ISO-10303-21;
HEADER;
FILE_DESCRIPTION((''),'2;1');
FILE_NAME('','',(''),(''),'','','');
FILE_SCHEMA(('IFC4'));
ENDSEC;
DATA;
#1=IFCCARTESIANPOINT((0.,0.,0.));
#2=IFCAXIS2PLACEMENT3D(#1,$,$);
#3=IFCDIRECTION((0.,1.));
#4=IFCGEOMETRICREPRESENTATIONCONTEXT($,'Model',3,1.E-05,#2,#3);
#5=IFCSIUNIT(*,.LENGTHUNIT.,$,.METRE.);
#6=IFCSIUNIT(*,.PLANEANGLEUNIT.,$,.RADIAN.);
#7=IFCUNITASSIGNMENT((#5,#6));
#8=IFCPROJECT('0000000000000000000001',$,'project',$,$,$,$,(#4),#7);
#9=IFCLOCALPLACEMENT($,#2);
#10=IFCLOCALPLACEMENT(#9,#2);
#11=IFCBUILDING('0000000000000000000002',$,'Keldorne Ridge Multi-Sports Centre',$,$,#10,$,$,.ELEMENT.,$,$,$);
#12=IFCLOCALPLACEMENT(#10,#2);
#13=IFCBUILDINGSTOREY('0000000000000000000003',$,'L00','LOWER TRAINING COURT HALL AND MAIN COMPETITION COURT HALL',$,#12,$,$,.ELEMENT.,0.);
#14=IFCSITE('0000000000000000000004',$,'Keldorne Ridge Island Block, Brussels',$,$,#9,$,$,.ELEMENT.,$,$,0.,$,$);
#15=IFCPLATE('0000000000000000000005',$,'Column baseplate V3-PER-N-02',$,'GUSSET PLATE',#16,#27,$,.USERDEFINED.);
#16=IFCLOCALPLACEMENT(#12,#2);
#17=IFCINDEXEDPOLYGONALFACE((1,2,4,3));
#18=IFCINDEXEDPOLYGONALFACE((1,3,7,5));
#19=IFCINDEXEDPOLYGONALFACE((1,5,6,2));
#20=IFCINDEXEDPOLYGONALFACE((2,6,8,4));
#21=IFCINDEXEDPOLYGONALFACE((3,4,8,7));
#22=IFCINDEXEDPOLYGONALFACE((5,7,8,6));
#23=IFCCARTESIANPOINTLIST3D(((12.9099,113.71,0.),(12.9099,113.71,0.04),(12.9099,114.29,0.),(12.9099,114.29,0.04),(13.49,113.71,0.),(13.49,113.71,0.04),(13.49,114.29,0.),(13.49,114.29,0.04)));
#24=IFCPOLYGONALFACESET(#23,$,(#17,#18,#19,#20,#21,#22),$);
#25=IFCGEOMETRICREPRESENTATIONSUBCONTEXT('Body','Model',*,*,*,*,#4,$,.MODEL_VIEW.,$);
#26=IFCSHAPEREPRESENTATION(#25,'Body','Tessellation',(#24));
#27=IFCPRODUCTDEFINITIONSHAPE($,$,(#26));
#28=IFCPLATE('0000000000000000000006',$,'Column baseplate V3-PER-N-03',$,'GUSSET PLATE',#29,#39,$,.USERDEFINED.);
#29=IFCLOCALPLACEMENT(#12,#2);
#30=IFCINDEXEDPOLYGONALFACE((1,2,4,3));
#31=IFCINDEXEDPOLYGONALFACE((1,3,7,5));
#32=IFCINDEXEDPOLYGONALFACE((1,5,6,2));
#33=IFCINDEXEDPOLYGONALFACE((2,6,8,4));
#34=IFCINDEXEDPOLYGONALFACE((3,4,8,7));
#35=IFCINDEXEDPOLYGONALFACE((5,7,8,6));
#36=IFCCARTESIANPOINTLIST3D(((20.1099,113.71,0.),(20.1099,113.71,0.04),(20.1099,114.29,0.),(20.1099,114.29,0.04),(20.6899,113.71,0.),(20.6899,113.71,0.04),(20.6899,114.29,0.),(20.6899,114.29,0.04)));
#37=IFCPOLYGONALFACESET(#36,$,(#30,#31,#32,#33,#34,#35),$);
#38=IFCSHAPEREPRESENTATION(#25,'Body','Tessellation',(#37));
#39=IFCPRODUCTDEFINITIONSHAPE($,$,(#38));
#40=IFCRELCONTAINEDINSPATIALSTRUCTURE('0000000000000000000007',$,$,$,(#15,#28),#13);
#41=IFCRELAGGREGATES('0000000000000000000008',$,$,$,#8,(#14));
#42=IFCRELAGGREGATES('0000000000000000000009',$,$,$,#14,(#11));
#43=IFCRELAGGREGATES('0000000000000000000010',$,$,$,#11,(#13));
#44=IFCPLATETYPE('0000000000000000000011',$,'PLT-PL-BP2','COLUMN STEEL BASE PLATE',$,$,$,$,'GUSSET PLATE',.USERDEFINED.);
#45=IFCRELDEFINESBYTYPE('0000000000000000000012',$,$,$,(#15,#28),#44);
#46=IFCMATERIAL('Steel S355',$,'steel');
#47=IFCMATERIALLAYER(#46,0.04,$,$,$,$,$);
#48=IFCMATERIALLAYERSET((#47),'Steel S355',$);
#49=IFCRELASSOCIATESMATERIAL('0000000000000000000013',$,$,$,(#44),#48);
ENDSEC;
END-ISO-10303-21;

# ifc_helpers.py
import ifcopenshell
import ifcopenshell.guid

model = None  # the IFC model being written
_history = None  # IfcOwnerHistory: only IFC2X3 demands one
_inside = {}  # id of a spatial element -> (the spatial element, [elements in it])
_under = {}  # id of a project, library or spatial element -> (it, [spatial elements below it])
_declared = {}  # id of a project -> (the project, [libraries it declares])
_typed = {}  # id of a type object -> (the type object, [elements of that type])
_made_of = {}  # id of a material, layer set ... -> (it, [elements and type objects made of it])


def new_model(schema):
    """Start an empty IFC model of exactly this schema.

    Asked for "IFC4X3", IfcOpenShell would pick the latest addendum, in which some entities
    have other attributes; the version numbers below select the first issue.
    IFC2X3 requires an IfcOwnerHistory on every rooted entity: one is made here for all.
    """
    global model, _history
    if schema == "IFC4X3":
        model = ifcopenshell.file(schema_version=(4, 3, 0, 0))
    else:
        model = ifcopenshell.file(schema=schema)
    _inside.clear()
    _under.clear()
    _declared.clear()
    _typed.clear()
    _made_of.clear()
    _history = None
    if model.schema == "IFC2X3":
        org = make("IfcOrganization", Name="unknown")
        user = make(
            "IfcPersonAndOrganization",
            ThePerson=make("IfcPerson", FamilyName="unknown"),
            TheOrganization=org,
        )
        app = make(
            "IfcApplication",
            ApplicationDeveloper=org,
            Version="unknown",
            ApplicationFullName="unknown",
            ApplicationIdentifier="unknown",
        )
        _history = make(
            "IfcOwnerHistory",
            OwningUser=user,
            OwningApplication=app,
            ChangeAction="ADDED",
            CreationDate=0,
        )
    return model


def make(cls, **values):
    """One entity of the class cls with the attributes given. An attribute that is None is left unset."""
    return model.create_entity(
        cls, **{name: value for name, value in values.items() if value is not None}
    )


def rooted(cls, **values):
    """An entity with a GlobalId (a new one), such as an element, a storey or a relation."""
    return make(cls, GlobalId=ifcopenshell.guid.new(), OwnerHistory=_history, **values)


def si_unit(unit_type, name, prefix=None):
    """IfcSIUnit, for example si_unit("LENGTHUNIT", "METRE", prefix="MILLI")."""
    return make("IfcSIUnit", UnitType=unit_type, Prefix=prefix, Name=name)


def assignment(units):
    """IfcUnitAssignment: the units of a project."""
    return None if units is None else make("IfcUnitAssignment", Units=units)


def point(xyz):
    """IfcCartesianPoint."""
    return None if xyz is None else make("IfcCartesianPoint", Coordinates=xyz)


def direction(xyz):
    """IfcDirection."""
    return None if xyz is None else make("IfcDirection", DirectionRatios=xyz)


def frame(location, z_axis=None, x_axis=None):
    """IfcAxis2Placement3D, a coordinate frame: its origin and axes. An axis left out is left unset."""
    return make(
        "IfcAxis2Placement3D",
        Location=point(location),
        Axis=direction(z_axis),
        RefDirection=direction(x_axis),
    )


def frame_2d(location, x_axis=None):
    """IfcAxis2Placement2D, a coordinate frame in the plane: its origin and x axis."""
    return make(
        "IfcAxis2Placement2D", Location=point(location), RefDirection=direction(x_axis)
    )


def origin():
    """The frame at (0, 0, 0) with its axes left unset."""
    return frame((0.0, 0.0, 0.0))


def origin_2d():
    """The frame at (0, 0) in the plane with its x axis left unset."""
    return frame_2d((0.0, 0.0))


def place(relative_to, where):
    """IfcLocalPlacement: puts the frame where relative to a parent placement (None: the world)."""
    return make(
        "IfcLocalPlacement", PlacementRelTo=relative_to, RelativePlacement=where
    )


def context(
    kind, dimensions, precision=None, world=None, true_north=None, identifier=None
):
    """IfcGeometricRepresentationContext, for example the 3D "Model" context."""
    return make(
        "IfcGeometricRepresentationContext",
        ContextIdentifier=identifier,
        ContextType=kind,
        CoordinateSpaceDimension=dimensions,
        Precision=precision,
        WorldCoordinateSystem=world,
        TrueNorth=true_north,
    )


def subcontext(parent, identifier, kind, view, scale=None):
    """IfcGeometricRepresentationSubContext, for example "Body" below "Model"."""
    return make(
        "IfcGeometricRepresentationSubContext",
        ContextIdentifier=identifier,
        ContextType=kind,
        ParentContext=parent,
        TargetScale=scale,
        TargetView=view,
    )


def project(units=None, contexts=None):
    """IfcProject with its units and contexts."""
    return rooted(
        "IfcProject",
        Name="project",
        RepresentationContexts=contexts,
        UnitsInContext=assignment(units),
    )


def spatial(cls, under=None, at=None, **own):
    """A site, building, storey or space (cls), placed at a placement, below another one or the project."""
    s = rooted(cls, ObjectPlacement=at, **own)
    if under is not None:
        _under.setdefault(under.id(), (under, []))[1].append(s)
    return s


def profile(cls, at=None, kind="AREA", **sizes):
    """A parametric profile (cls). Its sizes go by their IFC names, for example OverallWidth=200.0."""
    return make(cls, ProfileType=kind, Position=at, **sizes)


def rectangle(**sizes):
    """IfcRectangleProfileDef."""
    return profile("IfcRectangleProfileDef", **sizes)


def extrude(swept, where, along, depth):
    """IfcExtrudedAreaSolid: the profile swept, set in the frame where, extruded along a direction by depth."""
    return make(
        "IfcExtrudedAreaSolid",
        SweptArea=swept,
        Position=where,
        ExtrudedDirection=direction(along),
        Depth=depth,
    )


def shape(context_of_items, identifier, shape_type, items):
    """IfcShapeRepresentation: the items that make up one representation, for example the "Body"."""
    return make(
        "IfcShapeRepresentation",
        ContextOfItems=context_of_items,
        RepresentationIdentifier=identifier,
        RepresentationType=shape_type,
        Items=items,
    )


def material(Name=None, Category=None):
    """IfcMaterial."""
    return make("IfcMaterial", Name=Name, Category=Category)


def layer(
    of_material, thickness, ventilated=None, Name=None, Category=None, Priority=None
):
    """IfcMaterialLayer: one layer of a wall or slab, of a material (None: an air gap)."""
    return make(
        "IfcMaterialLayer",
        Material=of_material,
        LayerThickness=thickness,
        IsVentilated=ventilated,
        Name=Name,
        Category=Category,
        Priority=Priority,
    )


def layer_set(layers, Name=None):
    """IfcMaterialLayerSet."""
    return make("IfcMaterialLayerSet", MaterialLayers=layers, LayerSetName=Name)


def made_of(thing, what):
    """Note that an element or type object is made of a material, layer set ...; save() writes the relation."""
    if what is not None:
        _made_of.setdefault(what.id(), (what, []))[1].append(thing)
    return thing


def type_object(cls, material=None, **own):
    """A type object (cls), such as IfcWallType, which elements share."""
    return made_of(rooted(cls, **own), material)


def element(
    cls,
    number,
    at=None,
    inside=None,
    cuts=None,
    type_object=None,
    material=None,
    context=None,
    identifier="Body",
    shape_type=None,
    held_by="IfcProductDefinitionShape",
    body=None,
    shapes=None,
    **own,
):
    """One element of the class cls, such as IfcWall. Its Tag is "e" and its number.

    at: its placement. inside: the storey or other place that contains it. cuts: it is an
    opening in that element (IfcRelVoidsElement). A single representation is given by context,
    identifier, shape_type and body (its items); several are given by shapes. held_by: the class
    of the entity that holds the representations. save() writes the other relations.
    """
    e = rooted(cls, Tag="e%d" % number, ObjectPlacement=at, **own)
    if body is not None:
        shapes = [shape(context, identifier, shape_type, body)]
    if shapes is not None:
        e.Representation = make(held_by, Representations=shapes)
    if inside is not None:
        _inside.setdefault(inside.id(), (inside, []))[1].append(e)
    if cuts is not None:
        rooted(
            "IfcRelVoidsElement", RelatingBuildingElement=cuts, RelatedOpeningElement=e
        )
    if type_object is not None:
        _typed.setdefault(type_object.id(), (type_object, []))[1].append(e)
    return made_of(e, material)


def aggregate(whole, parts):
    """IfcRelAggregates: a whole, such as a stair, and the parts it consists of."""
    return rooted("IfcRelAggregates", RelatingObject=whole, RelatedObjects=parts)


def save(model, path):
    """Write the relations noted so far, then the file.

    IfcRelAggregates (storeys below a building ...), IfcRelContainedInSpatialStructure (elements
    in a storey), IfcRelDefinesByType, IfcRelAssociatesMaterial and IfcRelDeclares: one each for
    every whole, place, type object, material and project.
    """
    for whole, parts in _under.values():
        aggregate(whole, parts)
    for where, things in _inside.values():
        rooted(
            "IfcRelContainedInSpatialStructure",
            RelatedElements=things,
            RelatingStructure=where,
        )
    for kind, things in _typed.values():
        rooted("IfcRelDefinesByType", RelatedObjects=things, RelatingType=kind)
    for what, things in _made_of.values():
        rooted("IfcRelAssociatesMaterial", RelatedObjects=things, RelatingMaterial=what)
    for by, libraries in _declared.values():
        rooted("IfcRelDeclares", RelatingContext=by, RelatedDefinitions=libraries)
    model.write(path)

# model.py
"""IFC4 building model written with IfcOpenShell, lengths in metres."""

from ifc_helpers import new_model, si_unit, direction, frame, origin, origin_2d, place, context, subcontext, project, spatial, rectangle, extrude, material, layer, layer_set, type_object, element, save


model = new_model("IFC4")

# Units and contexts
model_context = context("Model", 3, precision=1e-05, world=origin(), true_north=direction((0.0, 1.0)))
body_context = subcontext(model_context, "Body", "Model", "MODEL_VIEW")
ifc_project = project(units=[si_unit("LENGTHUNIT", "METRE"), si_unit("PLANEANGLEUNIT", "RADIAN")], contexts=[model_context])

# Site, building, storey
site_placement = place(None, origin())
site = spatial("IfcSite", under=ifc_project, at=site_placement, Name="Keldorne Ridge Island Block, Brussels", CompositionType="ELEMENT", RefElevation=0.0)
building_placement = place(site_placement, origin())
building = spatial("IfcBuilding", under=site, at=building_placement, Name="Keldorne Ridge Multi-Sports Centre", CompositionType="ELEMENT")
storey_placement = place(building_placement, origin())
storey = spatial("IfcBuildingStorey", under=building, at=storey_placement, Name="L00", Description="LOWER TRAINING COURT HALL AND MAIN COMPETITION COURT HALL", CompositionType="ELEMENT", Elevation=0.0)

# Shared definitions
ifc_material_1 = material(Name="Steel S355", Category="steel")

# Plates
ifc_layer_1 = layer(ifc_material_1, 0.04)
ifc_layer_set_1 = layer_set([ifc_layer_1], Name="Steel S355")
plate_type_1 = type_object("IfcPlateType", Name="PLT-PL-BP2", Description="COLUMN STEEL BASE PLATE", ElementType="GUSSET PLATE", PredefinedType="USERDEFINED", material=ifc_layer_set_1)
for number, where, z_axis, x_axis, name in (
    (1, (13.2, 114.0, 0.0), (0.0, 0.0, 1.0), (1.0, 0.0, 0.0), "Column baseplate V3-PER-N-02"),
    (2, (20.3999, 114.0, 0.0), (0.0, 0.0, 1.0), (1.0, 0.0, 0.0), "Column baseplate V3-PER-N-03"),
):
    element("IfcPlate", number, at=place(storey_placement, frame(where, z_axis=z_axis, x_axis=x_axis)), inside=storey, type_object=plate_type_1, Name=name, ObjectType="GUSSET PLATE", PredefinedType="USERDEFINED", context=body_context, shape_type="SweptSolid", body=[
        extrude(rectangle(XDim=0.5801, YDim=0.5801, at=origin_2d()), origin(), (0.0, 0.0, 1.0), 0.04),
    ])

save(model, "model.ifc")
